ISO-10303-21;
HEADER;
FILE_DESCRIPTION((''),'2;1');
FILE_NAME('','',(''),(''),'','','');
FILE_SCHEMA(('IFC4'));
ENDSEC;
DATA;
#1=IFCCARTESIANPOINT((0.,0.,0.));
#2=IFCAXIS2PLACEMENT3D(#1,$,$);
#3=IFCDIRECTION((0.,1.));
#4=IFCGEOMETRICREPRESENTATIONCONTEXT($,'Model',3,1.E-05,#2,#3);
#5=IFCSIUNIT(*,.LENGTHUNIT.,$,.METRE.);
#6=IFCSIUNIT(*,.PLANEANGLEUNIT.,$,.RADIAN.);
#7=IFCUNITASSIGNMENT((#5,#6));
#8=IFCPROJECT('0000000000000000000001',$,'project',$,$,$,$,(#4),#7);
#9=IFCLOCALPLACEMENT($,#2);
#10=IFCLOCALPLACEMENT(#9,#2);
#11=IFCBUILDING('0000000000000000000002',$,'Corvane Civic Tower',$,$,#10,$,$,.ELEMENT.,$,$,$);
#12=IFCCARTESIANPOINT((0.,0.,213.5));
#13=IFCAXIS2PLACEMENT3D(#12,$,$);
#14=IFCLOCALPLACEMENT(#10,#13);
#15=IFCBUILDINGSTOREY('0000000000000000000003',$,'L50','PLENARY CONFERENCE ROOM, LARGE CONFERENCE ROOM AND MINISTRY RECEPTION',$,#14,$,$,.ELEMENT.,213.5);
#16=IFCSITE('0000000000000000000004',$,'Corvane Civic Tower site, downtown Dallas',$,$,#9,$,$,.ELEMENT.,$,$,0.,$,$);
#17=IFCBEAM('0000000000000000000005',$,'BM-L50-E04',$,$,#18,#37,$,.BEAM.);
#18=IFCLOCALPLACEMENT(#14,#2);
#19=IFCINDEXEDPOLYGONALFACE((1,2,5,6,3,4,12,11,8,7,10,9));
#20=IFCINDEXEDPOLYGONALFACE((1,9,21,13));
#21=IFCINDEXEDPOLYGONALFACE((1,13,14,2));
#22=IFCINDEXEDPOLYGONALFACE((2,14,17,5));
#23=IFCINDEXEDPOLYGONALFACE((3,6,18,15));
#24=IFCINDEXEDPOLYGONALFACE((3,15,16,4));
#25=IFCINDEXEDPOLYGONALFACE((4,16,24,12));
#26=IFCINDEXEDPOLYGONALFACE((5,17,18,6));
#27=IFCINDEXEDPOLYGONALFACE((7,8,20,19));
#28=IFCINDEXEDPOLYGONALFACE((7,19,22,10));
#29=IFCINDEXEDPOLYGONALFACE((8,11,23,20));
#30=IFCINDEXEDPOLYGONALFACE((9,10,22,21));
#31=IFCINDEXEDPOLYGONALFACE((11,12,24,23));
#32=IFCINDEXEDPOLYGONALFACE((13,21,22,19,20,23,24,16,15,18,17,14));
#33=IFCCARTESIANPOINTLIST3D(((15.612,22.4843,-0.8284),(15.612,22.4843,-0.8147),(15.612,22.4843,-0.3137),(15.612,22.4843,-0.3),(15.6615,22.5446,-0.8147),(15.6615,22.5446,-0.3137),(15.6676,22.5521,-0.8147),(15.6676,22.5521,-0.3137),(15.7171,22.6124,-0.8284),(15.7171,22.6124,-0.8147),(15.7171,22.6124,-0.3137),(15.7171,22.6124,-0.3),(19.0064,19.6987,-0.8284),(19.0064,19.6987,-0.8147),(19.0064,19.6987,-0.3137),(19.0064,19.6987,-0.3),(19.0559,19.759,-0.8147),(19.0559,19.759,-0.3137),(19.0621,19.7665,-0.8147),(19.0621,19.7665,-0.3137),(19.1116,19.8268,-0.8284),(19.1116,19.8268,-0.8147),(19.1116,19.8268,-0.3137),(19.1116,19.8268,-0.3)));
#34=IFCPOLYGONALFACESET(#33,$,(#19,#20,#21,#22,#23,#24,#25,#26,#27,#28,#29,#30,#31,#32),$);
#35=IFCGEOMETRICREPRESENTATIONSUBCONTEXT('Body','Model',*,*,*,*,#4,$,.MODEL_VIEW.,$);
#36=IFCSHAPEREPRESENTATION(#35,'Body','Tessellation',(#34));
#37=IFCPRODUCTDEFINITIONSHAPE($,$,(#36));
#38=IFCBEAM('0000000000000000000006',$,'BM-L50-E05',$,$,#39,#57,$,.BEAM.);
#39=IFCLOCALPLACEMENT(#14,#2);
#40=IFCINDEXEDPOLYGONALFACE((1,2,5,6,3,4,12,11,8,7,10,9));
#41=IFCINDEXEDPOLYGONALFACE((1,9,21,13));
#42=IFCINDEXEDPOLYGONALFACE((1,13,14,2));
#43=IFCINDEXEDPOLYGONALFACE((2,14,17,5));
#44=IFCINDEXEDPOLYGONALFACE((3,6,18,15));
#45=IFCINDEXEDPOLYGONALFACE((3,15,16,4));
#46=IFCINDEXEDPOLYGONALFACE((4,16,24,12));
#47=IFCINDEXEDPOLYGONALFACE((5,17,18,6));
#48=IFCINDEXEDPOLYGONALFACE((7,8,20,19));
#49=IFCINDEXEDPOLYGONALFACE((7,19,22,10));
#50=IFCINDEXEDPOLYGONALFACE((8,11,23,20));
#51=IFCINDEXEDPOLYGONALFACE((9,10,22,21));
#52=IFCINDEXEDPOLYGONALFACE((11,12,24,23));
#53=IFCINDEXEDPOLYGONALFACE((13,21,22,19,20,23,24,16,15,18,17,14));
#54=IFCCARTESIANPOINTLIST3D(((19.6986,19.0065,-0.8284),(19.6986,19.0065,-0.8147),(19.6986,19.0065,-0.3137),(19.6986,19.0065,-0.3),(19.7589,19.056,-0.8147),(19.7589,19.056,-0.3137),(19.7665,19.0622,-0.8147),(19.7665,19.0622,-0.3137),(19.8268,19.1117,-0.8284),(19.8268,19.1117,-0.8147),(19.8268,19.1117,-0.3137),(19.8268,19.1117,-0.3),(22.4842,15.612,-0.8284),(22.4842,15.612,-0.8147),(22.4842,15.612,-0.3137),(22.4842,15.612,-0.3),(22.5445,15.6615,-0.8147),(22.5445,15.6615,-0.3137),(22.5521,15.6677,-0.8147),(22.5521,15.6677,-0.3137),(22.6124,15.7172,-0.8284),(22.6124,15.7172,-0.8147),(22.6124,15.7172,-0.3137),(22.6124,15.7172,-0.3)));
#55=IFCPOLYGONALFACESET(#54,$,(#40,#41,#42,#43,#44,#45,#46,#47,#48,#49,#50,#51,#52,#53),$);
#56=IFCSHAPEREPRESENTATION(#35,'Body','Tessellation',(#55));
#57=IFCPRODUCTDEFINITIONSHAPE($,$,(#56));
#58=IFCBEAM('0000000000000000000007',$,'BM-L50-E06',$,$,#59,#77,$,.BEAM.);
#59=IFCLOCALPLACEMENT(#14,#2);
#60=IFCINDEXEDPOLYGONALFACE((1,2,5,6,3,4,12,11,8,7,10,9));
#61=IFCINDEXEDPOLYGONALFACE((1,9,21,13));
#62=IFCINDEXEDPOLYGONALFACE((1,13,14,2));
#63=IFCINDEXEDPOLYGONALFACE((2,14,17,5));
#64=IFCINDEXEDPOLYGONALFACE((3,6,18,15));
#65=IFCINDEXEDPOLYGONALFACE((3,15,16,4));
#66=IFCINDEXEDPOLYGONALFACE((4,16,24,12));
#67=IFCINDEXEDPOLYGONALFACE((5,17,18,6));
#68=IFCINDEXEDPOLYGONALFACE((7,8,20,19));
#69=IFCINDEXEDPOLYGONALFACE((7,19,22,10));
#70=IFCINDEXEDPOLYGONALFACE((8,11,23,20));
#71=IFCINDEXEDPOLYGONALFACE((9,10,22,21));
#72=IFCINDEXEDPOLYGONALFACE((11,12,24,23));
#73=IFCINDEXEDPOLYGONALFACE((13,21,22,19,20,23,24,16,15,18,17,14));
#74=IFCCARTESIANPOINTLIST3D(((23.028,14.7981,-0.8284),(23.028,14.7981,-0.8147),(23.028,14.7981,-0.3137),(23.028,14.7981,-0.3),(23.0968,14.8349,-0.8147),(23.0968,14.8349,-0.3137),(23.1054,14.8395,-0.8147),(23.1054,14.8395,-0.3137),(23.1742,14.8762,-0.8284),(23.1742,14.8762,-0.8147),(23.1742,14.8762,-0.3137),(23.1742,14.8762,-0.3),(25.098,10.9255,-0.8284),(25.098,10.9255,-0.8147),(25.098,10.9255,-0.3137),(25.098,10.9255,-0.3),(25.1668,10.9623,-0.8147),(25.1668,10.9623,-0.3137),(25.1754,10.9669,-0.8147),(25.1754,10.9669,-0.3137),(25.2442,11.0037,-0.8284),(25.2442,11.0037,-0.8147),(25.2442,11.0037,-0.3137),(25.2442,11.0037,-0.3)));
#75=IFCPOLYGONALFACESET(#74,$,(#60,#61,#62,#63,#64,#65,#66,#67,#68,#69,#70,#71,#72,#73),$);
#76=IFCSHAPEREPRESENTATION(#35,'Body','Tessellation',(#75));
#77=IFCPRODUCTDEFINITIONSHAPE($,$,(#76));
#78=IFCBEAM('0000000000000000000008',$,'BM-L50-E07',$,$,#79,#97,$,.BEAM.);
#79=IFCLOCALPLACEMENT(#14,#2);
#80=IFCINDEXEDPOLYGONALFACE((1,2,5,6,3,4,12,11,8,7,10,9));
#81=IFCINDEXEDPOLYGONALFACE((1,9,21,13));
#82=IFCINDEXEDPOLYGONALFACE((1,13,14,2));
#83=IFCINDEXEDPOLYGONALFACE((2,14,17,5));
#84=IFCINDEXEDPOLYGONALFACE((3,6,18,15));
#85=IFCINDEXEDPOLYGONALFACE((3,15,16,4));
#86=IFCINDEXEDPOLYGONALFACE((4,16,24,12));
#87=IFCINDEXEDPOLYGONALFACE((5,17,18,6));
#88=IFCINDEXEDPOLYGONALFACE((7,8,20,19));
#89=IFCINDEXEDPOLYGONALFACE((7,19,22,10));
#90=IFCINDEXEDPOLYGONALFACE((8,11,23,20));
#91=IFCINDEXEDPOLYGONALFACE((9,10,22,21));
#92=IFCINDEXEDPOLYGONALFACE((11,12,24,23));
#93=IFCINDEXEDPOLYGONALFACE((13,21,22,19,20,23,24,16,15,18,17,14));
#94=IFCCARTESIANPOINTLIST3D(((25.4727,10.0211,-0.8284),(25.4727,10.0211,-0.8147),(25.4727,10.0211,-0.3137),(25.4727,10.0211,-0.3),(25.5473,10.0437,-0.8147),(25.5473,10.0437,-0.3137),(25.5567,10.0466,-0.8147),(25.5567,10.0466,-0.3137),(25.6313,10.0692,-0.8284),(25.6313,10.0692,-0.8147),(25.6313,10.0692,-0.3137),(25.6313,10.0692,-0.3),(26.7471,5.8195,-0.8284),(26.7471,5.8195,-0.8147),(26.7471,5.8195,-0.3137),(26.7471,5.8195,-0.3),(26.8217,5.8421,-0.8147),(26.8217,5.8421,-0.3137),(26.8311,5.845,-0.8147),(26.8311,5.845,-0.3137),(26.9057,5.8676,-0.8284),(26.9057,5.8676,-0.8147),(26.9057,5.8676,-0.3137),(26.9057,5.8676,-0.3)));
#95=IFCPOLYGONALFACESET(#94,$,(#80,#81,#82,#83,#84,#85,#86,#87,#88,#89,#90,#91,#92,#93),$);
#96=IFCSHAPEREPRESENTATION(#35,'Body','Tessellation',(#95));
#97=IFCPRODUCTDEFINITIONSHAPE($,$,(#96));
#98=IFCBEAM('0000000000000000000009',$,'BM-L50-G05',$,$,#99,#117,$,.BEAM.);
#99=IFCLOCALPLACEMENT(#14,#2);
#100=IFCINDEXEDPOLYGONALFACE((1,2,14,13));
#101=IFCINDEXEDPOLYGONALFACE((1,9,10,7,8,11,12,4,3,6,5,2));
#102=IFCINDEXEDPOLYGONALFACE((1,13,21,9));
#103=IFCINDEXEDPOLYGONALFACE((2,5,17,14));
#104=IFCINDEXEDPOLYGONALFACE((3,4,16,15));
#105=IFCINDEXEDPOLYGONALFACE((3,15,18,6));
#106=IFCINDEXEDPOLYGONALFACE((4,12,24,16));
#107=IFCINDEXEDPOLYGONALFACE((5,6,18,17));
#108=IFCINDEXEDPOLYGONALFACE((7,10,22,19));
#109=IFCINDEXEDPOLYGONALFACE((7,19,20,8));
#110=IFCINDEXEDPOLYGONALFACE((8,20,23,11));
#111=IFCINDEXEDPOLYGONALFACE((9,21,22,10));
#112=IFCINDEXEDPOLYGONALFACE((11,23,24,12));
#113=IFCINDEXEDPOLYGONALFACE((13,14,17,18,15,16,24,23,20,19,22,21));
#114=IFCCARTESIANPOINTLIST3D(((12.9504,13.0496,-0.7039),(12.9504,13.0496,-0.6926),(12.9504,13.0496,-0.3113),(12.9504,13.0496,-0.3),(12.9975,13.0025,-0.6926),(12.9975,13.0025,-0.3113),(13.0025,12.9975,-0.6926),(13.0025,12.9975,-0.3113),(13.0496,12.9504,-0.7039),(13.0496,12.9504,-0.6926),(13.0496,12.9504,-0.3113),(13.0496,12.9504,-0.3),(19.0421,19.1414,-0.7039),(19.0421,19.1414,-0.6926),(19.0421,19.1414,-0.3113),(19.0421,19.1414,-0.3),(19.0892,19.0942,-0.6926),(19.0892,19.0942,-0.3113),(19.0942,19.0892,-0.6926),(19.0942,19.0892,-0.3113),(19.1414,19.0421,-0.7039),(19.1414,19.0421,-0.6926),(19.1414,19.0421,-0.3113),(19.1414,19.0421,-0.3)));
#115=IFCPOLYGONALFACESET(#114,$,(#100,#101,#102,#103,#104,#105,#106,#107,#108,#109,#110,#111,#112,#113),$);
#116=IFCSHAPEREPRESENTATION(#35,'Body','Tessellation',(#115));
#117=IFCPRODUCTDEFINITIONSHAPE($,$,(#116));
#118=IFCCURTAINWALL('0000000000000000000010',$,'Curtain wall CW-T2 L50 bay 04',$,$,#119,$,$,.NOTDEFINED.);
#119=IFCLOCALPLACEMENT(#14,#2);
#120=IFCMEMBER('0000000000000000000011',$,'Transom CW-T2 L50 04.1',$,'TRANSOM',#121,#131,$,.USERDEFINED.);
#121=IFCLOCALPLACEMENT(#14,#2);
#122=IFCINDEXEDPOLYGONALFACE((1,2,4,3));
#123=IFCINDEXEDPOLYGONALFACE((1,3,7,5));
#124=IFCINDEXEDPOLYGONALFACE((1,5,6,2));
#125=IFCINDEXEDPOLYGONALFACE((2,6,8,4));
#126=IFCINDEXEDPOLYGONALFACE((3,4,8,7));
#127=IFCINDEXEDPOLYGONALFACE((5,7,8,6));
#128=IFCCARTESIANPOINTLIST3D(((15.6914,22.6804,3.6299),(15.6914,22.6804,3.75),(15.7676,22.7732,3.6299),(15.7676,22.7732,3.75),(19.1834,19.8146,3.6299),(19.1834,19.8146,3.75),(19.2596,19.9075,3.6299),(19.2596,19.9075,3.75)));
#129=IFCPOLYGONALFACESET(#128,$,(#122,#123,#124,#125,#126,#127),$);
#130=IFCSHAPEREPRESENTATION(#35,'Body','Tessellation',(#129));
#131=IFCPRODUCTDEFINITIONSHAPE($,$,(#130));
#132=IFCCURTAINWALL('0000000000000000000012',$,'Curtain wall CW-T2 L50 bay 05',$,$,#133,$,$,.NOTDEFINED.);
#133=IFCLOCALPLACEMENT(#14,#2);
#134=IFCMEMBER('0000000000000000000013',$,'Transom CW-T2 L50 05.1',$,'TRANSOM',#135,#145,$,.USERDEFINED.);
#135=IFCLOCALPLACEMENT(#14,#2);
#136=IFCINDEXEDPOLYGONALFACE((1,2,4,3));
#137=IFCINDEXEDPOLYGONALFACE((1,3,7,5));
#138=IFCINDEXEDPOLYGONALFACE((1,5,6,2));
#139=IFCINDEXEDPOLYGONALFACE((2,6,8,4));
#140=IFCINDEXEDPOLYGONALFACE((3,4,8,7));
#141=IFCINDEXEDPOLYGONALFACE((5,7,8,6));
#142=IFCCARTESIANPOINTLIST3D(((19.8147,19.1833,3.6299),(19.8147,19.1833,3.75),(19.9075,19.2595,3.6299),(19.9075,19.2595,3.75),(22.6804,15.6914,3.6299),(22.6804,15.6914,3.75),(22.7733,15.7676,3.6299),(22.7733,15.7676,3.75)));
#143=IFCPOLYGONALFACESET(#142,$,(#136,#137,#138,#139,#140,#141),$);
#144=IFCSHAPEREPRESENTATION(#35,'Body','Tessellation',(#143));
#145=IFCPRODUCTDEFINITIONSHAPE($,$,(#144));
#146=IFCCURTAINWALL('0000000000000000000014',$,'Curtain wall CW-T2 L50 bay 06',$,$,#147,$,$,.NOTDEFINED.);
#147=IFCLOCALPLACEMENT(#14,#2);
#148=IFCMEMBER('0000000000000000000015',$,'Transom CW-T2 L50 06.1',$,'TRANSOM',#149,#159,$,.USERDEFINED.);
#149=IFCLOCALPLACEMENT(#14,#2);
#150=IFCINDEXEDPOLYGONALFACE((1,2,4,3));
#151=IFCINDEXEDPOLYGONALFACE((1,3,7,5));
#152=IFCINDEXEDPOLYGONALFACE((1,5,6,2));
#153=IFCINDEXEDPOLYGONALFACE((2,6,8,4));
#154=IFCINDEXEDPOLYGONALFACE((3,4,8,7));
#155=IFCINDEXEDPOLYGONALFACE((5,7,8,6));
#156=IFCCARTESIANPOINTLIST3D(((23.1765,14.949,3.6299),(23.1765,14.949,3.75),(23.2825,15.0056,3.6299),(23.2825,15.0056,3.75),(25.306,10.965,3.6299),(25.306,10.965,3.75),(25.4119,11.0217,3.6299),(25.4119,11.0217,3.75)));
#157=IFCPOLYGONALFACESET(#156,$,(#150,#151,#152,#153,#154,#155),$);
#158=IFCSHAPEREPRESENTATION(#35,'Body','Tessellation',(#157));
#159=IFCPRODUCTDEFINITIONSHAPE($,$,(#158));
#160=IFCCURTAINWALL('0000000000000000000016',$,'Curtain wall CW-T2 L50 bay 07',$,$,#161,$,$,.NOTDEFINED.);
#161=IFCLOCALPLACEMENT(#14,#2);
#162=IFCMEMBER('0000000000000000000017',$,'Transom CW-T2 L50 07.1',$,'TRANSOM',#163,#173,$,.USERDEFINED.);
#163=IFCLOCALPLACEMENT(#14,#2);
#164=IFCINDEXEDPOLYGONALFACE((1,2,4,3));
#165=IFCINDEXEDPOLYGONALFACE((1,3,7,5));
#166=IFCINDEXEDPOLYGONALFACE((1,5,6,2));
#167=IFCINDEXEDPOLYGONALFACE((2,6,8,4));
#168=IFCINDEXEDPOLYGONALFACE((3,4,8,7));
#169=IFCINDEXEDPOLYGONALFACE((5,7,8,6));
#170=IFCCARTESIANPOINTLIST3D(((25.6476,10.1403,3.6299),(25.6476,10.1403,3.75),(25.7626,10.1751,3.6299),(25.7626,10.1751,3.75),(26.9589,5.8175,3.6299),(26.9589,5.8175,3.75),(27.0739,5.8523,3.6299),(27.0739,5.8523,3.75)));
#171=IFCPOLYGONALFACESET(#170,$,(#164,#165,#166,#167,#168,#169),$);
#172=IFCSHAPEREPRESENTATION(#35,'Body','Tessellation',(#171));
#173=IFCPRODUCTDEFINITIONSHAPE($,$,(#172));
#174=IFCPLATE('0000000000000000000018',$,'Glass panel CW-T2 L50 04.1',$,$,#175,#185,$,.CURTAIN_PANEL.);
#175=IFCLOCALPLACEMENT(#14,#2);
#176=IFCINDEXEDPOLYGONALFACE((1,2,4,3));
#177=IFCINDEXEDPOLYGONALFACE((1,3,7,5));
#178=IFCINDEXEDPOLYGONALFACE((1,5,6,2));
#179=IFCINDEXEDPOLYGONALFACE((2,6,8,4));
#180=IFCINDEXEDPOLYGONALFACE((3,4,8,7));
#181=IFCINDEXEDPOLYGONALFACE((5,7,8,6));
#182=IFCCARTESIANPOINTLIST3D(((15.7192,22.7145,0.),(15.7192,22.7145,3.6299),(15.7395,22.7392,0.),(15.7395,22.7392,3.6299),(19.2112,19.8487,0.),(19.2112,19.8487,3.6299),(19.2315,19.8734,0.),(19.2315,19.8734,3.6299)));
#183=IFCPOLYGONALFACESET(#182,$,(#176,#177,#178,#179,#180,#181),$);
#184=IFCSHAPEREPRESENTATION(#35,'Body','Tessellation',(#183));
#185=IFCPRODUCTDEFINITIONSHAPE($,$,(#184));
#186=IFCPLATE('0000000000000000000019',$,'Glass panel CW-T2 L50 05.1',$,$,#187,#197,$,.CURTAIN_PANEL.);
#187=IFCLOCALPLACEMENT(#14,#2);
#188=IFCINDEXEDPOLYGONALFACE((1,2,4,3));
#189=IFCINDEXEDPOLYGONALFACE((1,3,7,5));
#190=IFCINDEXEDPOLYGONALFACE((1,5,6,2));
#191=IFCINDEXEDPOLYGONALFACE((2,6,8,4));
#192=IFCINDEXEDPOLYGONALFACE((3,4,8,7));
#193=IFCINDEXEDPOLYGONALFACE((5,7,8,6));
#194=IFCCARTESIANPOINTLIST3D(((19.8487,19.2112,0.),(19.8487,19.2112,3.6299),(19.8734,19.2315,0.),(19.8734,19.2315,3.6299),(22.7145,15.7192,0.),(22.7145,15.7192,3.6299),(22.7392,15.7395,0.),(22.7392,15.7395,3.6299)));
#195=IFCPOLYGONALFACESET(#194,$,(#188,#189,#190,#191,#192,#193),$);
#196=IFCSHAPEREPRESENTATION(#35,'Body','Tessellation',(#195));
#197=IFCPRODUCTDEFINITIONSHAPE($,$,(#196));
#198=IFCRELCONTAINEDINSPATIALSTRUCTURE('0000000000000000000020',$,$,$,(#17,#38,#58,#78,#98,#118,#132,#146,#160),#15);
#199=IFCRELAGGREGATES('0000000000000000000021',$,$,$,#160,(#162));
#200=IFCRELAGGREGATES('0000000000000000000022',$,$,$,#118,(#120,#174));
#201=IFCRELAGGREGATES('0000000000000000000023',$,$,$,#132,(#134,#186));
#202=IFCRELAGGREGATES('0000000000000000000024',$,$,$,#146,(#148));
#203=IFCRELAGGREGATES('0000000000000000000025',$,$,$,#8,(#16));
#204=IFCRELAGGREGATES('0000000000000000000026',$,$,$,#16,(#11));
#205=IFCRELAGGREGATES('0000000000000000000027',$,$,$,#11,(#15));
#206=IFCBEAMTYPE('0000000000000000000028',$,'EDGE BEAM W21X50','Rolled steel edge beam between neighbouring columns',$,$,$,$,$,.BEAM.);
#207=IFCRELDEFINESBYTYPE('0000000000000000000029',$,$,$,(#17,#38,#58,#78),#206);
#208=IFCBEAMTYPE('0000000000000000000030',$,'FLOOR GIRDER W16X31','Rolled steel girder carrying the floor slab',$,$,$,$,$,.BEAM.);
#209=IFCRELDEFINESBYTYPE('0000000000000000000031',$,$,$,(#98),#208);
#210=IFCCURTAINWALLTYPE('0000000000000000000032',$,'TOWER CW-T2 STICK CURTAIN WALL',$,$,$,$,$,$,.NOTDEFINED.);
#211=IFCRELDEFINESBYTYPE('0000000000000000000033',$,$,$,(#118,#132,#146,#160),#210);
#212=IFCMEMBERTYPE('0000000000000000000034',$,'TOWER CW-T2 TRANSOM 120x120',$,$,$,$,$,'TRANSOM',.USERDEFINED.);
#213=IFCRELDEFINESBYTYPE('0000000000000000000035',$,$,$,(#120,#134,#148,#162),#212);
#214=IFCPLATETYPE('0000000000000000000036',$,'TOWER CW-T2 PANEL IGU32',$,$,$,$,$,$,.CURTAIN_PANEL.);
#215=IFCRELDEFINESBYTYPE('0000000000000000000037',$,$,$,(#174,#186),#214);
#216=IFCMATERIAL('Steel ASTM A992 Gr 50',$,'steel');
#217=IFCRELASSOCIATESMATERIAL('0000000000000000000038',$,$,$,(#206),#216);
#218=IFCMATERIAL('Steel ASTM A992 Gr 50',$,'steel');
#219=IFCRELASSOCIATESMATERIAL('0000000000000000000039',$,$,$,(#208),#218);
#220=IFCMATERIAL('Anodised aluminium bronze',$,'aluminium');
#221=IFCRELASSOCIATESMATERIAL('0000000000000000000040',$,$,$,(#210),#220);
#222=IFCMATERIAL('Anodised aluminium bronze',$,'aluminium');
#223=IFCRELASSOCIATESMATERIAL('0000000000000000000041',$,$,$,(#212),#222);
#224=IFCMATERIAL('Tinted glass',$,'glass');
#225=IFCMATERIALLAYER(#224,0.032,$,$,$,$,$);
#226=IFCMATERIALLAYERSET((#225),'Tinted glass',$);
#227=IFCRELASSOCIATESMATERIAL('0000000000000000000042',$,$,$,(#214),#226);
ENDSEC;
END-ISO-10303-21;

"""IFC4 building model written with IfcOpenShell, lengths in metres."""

from ifc_helpers import new_model, si_unit, direction, frame, origin, origin_2d, place, context, subcontext, project, spatial, rectangle, i_section, extrude, material, layer, layer_set, material_profile, profile_set, type_object, element, aggregate, save


model = new_model("IFC4")

# Units and contexts
model_context = context("Model", 3, precision=1e-05, world=origin(), true_north=direction((0.0, 1.0)))
body_context = subcontext(model_context, "Body", "Model", "MODEL_VIEW")
ifc_project = project(units=[si_unit("LENGTHUNIT", "METRE"), si_unit("PLANEANGLEUNIT", "RADIAN")], contexts=[model_context])

# Site, building, storey
site_placement = place(None, origin())
site = spatial("IfcSite", under=ifc_project, at=site_placement, Name="Corvane Civic Tower site, downtown Dallas", CompositionType="ELEMENT", RefElevation=0.0)
building_placement = place(site_placement, origin())
building = spatial("IfcBuilding", under=site, at=building_placement, Name="Corvane Civic Tower", CompositionType="ELEMENT")
storey_placement = place(building_placement, frame((0.0, 0.0, 213.5)))
storey = spatial("IfcBuildingStorey", under=building, at=storey_placement, Name="L50", Description="PLENARY CONFERENCE ROOM, LARGE CONFERENCE ROOM AND MINISTRY RECEPTION", CompositionType="ELEMENT", Elevation=213.5)

# Beams
ifc_material_1 = material(Name="Steel ASTM A992 Gr 50", Category="steel")
ifc_material_profile_1 = material_profile(ifc_material_1, i_section(OverallWidth=0.1658, OverallDepth=0.5283, WebThickness=0.0098, FlangeThickness=0.0137, at=origin_2d()), Name="W21X50")
ifc_profile_set_1 = profile_set([ifc_material_profile_1], Name="Steel ASTM A992 Gr 50")
beam_type_1 = type_object("IfcBeamType", Name="EDGE BEAM W21X50", Description="Rolled steel edge beam between neighbouring columns", PredefinedType="BEAM", material=ifc_profile_set_1)
for number, where, z_axis, x_axis, name in (
    (1, (15.6646, 22.5483, -0.5642), (0.77303, -0.634369, 0.0), (0.634369, 0.77303, 0.0), "BM-L50-E04"),
    (2, (19.7627, 19.0591, -0.5642), (0.634369, -0.77303, 0.0), (0.77303, 0.634369, 0.0), "BM-L50-E05"),
    (3, (23.1011, 14.8372, -0.5642), (0.471422, -0.881908, 0.0), (0.881908, 0.471422, 0.0), "BM-L50-E06"),
):
    element("IfcBeam", number, at=place(storey_placement, frame(where, z_axis=z_axis, x_axis=x_axis)), inside=storey, type_object=beam_type_1, Name=name, PredefinedType="BEAM", context=body_context, shape_type="SweptSolid", body=[
        extrude(i_section(OverallWidth=0.1658, OverallDepth=0.5283, WebThickness=0.0098, FlangeThickness=0.0137, at=origin_2d()), origin(), (0.0, 0.0, 1.0), 4.3911),
    ])
beam_1_placement = place(storey_placement, frame((25.552, 10.0452, -0.5642), z_axis=(0.290254, -0.95695, 0.0), x_axis=(0.95695, 0.290254, 0.0)))
element("IfcBeam", 4, at=beam_1_placement, inside=storey, type_object=beam_type_1, Name="BM-L50-E07", PredefinedType="BEAM", context=body_context, shape_type="SweptSolid", body=[
    extrude(i_section(OverallWidth=0.1658, OverallDepth=0.5283, WebThickness=0.0098, FlangeThickness=0.0137, at=origin_2d()), origin(), (0.0, 0.0, 1.0), 4.3906),
])
ifc_material_2 = material(Name="Steel ASTM A992 Gr 50", Category="steel")
ifc_material_profile_2 = material_profile(ifc_material_2, i_section(OverallWidth=0.1404, OverallDepth=0.4038, WebThickness=0.0071, FlangeThickness=0.0112, at=origin_2d()), Name="W16X31")
ifc_profile_set_2 = profile_set([ifc_material_profile_2], Name="Steel ASTM A992 Gr 50")
beam_type_2 = type_object("IfcBeamType", Name="FLOOR GIRDER W16X31", Description="Rolled steel girder carrying the floor slab", PredefinedType="BEAM", material=ifc_profile_set_2)
beam_2_placement = place(storey_placement, frame((13.0, 13.0, -0.502), z_axis=(0.707107, 0.707107, 0.0), x_axis=(-0.707107, 0.707107, 0.0)))
element("IfcBeam", 5, at=beam_2_placement, inside=storey, type_object=beam_type_2, Name="BM-L50-G05", PredefinedType="BEAM", context=body_context, shape_type="SweptSolid", body=[
    extrude(i_section(OverallWidth=0.1404, OverallDepth=0.4038, WebThickness=0.0071, FlangeThickness=0.0112, at=origin_2d()), origin(), (0.0, 0.0, 1.0), 8.615),
])

# Curtain walls, members
ifc_material_3 = material(Name="Anodised aluminium bronze", Category="aluminium")
curtain_wall_type = type_object("IfcCurtainWallType", Name="TOWER CW-T2 STICK CURTAIN WALL", PredefinedType="NOTDEFINED", material=ifc_material_3)
curtain_wall_1_placement = place(storey_placement, origin())
curtain_wall_1 = element("IfcCurtainWall", 6, at=curtain_wall_1_placement, inside=storey, type_object=curtain_wall_type, Name="Curtain wall CW-T2 L50 bay 04", PredefinedType="NOTDEFINED")
ifc_material_4 = material(Name="Anodised aluminium bronze", Category="aluminium")
ifc_material_profile_3 = material_profile(ifc_material_4, rectangle(XDim=0.1201, YDim=0.1201, at=origin_2d()), Name="TOWER CW-T2 TRANSOM 120x120")
ifc_profile_set_3 = profile_set([ifc_material_profile_3], Name="Anodised aluminium bronze")
member_type = type_object("IfcMemberType", Name="TOWER CW-T2 TRANSOM 120x120", ElementType="TRANSOM", PredefinedType="USERDEFINED", material=ifc_profile_set_3)
member_1_placement = place(storey_placement, frame((15.7295, 22.7268, 3.6899), z_axis=(0.773015, -0.634388, 0.0), x_axis=(0.634388, 0.773015, 0.0)))
member_1 = element("IfcMember", 7, at=member_1_placement, type_object=member_type, Name="Transom CW-T2 L50 04.1", ObjectType="TRANSOM", PredefinedType="USERDEFINED", context=body_context, shape_type="SweptSolid", body=[
    extrude(rectangle(XDim=0.1201, YDim=0.1201, at=origin_2d()), origin(), (0.0, 0.0, 1.0), 4.5173),
])
curtain_wall_2_placement = place(storey_placement, origin())
curtain_wall_2 = element("IfcCurtainWall", 8, at=curtain_wall_2_placement, inside=storey, type_object=curtain_wall_type, Name="Curtain wall CW-T2 L50 bay 05", PredefinedType="NOTDEFINED")
member_2_placement = place(storey_placement, frame((19.8611, 19.2214, 3.6899), z_axis=(0.634388, -0.773015, 0.0), x_axis=(0.773015, 0.634388, 0.0)))
member_2 = element("IfcMember", 9, at=member_2_placement, type_object=member_type, Name="Transom CW-T2 L50 05.1", ObjectType="TRANSOM", PredefinedType="USERDEFINED", context=body_context, shape_type="SweptSolid", body=[
    extrude(rectangle(XDim=0.1201, YDim=0.1201, at=origin_2d()), origin(), (0.0, 0.0, 1.0), 4.5173),
])
curtain_wall_3_placement = place(storey_placement, origin())
curtain_wall_3 = element("IfcCurtainWall", 10, at=curtain_wall_3_placement, inside=storey, type_object=curtain_wall_type, Name="Curtain wall CW-T2 L50 bay 06", PredefinedType="NOTDEFINED")
member_3_placement = place(storey_placement, frame((23.2295, 14.9773, 3.6899), z_axis=(0.47139, -0.881925, 0.0), x_axis=(0.881925, 0.47139, 0.0)))
member_3 = element("IfcMember", 11, at=member_3_placement, type_object=member_type, Name="Transom CW-T2 L50 06.1", ObjectType="TRANSOM", PredefinedType="USERDEFINED", context=body_context, shape_type="SweptSolid", body=[
    extrude(rectangle(XDim=0.1201, YDim=0.1201, at=origin_2d()), origin(), (0.0, 0.0, 1.0), 4.5173),
])
curtain_wall_4_placement = place(storey_placement, origin())
curtain_wall_4 = element("IfcCurtainWall", 12, at=curtain_wall_4_placement, inside=storey, type_object=curtain_wall_type, Name="Curtain wall CW-T2 L50 bay 07", PredefinedType="NOTDEFINED")
member_4_placement = place(storey_placement, frame((25.7051, 10.1577, 3.6899), z_axis=(0.290282, -0.956941, 0.0), x_axis=(0.956941, 0.290282, 0.0)))
member_4 = element("IfcMember", 13, at=member_4_placement, type_object=member_type, Name="Transom CW-T2 L50 07.1", ObjectType="TRANSOM", PredefinedType="USERDEFINED", context=body_context, shape_type="SweptSolid", body=[
    extrude(rectangle(XDim=0.1201, YDim=0.1201, at=origin_2d()), origin(), (0.0, 0.0, 1.0), 4.5173),
])
aggregate(curtain_wall_4, [member_4])

# Plates
ifc_material_5 = material(Name="Tinted glass", Category="glass")
ifc_layer_1 = layer(ifc_material_5, 0.032)
ifc_layer_set_1 = layer_set([ifc_layer_1], Name="Tinted glass")
plate_type = type_object("IfcPlateType", Name="TOWER CW-T2 PANEL IGU32", PredefinedType="CURTAIN_PANEL", material=ifc_layer_set_1)
plate_1_placement = place(storey_placement, frame((17.4753, 21.2939, 0.0), z_axis=(0.0, 0.0, 1.0), x_axis=(0.773012, -0.634391, 0.0)))
plate_1 = element("IfcPlate", 14, at=plate_1_placement, type_object=plate_type, Name="Glass panel CW-T2 L50 04.1", PredefinedType="CURTAIN_PANEL", context=body_context, shape_type="SweptSolid", body=[
    extrude(rectangle(XDim=4.5173, YDim=0.032, at=origin_2d()), origin(), (0.0, 0.0, 1.0), 3.6299),
])
aggregate(curtain_wall_1, [member_1, plate_1])
plate_2_placement = place(storey_placement, frame((21.2939, 17.4753, 0.0), z_axis=(0.0, 0.0, 1.0), x_axis=(0.634391, -0.773012, 0.0)))
plate_2 = element("IfcPlate", 15, at=plate_2_placement, type_object=plate_type, Name="Glass panel CW-T2 L50 05.1", PredefinedType="CURTAIN_PANEL", context=body_context, shape_type="SweptSolid", body=[
    extrude(rectangle(XDim=4.5173, YDim=0.032, at=origin_2d()), origin(), (0.0, 0.0, 1.0), 3.6299),
])
aggregate(curtain_wall_2, [member_2, plate_2])
aggregate(curtain_wall_3, [member_3])

save(model, "model.ifc")
